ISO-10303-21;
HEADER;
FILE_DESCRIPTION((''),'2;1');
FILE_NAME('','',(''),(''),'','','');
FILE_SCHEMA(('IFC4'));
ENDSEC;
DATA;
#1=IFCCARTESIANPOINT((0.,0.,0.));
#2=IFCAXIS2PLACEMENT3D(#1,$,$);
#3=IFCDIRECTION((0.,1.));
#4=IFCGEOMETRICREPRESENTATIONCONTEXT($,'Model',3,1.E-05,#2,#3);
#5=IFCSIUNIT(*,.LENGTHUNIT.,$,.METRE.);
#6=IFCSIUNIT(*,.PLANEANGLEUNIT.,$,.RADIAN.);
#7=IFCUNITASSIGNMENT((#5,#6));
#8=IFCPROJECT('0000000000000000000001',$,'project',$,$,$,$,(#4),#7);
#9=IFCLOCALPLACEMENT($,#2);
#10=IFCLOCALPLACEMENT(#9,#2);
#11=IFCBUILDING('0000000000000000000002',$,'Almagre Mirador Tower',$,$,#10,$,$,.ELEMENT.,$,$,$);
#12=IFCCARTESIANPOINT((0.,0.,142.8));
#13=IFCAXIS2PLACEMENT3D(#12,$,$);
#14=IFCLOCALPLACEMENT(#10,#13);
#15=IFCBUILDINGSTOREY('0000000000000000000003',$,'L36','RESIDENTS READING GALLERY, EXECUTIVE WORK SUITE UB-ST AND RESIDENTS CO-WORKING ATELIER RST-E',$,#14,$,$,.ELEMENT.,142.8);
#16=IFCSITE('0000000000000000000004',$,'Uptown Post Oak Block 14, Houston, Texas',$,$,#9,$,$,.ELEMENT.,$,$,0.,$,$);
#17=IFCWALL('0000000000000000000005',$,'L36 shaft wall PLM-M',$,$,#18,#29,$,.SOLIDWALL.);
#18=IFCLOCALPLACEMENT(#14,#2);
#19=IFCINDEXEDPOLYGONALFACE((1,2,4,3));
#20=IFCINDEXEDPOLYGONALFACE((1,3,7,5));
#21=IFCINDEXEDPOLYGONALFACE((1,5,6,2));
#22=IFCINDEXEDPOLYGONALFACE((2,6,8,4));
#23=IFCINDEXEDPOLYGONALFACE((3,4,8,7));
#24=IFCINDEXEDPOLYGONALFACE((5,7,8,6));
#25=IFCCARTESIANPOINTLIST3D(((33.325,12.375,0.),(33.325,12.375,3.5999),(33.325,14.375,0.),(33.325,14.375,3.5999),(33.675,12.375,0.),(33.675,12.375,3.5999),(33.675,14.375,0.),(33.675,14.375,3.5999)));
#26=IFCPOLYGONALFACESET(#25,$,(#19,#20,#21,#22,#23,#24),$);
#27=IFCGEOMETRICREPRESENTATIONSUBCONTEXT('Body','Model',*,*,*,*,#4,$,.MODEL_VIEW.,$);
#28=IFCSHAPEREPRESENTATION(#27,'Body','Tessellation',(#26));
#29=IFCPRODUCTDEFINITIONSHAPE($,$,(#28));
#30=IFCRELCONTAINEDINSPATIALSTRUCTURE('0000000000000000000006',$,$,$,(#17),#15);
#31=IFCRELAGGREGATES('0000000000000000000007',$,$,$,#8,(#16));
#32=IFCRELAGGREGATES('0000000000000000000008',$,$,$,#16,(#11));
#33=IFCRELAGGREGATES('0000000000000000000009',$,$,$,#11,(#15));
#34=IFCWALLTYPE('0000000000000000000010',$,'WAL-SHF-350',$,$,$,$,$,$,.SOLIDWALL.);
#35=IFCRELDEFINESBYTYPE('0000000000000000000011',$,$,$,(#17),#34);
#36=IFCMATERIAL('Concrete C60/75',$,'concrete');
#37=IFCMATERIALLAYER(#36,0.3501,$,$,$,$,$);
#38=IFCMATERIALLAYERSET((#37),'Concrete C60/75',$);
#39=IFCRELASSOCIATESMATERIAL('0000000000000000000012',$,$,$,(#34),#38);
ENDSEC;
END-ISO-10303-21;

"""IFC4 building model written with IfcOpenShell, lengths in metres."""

from ifc_helpers import new_model, si_unit, direction, frame, frame_2d, origin, place, context, subcontext, project, spatial, rectangle, extrude, material, layer, layer_set, type_object, element, save


model = new_model("IFC4")

# Units and contexts
model_context = context("Model", 3, precision=1e-05, world=origin(), true_north=direction((0.0, 1.0)))
body_context = subcontext(model_context, "Body", "Model", "MODEL_VIEW")
ifc_project = project(units=[si_unit("LENGTHUNIT", "METRE"), si_unit("PLANEANGLEUNIT", "RADIAN")], contexts=[model_context])

# Site, building, storey
site_placement = place(None, origin())
site = spatial("IfcSite", under=ifc_project, at=site_placement, Name="Uptown Post Oak Block 14, Houston, Texas", CompositionType="ELEMENT", RefElevation=0.0)
building_placement = place(site_placement, origin())
building = spatial("IfcBuilding", under=site, at=building_placement, Name="Almagre Mirador Tower", CompositionType="ELEMENT")
storey_placement = place(building_placement, frame((0.0, 0.0, 142.8)))
storey = spatial("IfcBuildingStorey", under=building, at=storey_placement, Name="L36", Description="RESIDENTS READING GALLERY, EXECUTIVE WORK SUITE UB-ST AND RESIDENTS CO-WORKING ATELIER RST-E", CompositionType="ELEMENT", Elevation=142.8)

# Shared definitions
ifc_material_1 = material(Name="Concrete C60/75", Category="concrete")
ifc_layer_1 = layer(ifc_material_1, 0.3501)
ifc_layer_set_1 = layer_set([ifc_layer_1], Name="Concrete C60/75")
wall_type_1 = type_object("IfcWallType", Name="WAL-SHF-350", PredefinedType="SOLIDWALL", material=ifc_layer_set_1)

# Wall
wall_1_placement = place(storey_placement, frame((33.5, 12.375, 0.0), z_axis=(0.0, 0.0, 1.0), x_axis=(0.0, 1.0, 0.0)))
element("IfcWall", 1, at=wall_1_placement, inside=storey, type_object=wall_type_1, Name="L36 shaft wall PLM-M", PredefinedType="SOLIDWALL", context=body_context, shape_type="SweptSolid", body=[
    extrude(rectangle(XDim=2.0, YDim=0.3501, at=frame_2d((1.0, 0.0))), origin(), (0.0, 0.0, 1.0), 3.5999),
])

save(model, "model.ifc")
